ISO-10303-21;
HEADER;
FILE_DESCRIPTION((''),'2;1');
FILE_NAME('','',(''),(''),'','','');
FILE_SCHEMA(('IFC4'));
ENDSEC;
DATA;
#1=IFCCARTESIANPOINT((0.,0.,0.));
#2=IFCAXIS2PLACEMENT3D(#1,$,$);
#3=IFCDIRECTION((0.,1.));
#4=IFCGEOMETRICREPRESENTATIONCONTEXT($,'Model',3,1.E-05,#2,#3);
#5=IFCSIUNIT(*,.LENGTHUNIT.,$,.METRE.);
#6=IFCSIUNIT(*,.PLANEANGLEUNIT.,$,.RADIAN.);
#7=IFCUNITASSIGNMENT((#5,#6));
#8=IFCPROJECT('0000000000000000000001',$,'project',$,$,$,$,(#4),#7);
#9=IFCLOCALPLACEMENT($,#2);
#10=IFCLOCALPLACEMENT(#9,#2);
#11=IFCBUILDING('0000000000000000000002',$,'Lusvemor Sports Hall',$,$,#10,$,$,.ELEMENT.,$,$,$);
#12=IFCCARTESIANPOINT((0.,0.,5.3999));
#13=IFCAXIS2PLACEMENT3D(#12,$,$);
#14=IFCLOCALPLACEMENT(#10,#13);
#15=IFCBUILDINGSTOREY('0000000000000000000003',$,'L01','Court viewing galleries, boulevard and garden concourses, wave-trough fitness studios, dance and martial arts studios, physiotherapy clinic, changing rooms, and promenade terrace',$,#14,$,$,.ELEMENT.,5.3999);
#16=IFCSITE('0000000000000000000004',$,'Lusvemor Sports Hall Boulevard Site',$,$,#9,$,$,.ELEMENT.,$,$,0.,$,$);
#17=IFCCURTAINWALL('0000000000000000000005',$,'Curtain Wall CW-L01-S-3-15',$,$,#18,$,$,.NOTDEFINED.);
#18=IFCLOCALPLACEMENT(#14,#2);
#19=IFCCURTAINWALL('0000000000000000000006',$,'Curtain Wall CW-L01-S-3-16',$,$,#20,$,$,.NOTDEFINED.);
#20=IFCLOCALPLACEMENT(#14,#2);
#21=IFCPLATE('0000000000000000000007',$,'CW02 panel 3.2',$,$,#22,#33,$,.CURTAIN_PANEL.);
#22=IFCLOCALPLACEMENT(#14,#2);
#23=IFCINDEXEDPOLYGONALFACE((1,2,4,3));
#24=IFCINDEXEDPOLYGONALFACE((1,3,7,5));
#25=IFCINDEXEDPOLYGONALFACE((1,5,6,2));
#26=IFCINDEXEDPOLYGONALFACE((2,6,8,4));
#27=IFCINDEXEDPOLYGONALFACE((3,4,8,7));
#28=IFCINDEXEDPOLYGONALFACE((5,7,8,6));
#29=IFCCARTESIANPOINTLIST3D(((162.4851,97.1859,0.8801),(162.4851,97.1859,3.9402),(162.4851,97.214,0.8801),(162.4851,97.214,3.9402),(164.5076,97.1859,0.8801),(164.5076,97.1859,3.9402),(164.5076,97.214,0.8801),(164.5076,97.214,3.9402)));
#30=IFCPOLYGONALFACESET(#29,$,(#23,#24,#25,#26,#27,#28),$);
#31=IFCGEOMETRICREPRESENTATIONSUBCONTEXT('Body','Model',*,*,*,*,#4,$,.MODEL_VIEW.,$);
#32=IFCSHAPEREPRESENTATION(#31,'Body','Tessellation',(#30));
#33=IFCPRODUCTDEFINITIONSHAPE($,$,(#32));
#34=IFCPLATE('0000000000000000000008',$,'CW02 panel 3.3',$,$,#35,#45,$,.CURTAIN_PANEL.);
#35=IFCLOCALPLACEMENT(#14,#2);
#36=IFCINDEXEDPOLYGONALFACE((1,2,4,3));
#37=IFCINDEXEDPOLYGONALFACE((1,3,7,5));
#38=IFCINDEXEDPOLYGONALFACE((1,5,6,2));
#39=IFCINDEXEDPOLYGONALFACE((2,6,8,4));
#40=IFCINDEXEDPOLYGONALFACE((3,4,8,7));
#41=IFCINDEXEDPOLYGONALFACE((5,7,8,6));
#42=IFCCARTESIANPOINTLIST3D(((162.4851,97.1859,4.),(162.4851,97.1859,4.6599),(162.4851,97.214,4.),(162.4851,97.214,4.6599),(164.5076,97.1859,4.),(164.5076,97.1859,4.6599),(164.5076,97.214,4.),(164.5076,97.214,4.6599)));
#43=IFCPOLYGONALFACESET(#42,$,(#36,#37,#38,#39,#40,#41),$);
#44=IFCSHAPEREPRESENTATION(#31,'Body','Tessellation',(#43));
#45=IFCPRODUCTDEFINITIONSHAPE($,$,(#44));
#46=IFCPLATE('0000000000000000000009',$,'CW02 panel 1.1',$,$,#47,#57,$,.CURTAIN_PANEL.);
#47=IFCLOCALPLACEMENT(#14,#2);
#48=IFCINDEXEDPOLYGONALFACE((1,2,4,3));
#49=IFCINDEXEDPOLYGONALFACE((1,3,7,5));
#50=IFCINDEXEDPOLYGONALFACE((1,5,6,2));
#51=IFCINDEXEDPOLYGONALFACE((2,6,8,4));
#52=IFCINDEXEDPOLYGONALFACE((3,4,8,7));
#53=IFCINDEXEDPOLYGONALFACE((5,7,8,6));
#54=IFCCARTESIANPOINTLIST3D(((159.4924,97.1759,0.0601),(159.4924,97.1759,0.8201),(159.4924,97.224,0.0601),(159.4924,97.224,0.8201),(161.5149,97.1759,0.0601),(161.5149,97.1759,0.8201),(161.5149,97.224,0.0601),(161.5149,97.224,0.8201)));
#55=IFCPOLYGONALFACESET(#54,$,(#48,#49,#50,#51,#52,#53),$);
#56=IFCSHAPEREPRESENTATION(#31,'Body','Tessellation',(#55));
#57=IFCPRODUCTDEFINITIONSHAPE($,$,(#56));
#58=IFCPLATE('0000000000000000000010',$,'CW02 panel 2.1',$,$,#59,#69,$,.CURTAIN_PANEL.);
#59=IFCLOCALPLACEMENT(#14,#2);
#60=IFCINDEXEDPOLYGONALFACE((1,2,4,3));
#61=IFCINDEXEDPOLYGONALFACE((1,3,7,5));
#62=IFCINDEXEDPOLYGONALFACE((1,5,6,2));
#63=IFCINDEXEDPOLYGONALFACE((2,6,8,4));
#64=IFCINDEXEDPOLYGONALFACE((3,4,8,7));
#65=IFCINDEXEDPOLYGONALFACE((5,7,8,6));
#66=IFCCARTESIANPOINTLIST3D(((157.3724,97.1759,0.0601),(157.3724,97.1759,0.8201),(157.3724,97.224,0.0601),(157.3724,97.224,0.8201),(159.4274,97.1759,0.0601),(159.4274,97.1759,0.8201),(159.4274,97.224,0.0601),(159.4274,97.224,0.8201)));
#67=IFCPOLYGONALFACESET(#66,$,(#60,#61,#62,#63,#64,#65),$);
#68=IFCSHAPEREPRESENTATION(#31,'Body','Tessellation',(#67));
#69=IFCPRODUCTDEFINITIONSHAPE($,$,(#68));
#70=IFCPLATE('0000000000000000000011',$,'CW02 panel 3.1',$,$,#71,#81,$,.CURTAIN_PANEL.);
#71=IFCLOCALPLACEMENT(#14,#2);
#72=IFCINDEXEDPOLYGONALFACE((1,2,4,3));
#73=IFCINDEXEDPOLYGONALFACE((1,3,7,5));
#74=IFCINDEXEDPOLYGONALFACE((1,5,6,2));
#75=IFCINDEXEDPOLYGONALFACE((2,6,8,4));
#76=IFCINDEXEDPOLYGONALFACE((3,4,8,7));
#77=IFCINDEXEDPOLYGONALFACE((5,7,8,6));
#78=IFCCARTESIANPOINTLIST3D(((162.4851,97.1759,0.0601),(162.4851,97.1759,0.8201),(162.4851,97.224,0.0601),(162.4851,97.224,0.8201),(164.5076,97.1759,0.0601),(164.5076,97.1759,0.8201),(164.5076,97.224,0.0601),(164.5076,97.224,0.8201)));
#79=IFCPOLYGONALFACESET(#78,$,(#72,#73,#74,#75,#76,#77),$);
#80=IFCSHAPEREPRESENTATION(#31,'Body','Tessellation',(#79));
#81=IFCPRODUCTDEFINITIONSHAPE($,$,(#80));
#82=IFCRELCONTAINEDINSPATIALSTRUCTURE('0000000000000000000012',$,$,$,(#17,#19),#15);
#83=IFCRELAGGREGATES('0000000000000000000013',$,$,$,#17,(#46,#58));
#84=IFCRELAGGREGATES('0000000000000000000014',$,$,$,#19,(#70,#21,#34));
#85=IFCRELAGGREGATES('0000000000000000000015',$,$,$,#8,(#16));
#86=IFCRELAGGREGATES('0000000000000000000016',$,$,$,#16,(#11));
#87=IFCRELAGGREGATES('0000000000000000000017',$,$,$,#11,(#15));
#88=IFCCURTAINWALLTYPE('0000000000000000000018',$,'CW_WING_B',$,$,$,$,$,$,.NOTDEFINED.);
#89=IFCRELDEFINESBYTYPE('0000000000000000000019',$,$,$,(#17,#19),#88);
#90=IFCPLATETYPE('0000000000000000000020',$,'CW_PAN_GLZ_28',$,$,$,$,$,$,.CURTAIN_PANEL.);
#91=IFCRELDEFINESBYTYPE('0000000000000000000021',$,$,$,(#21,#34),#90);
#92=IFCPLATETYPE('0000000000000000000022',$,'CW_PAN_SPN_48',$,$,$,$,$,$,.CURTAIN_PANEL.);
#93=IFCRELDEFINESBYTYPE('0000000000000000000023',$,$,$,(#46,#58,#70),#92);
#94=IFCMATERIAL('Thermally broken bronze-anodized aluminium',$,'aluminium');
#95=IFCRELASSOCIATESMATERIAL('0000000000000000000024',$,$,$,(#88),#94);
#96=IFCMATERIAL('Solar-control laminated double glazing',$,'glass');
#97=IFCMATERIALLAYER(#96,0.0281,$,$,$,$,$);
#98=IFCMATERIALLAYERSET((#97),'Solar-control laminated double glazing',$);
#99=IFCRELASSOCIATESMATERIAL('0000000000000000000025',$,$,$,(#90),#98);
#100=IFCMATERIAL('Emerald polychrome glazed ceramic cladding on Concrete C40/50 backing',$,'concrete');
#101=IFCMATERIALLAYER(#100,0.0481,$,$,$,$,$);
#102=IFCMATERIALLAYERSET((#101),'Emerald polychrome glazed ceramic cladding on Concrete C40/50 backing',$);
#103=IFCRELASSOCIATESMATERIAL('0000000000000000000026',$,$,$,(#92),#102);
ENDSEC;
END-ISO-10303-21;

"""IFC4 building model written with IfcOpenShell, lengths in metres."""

from ifc_helpers import new_model, si_unit, direction, frame, origin, origin_2d, place, context, subcontext, project, spatial, rectangle, extrude, material, layer, layer_set, type_object, element, aggregate, save


model = new_model("IFC4")

# Units and contexts
model_context = context("Model", 3, precision=1e-05, world=origin(), true_north=direction((0.0, 1.0)))
body_context = subcontext(model_context, "Body", "Model", "MODEL_VIEW")
ifc_project = project(units=[si_unit("LENGTHUNIT", "METRE"), si_unit("PLANEANGLEUNIT", "RADIAN")], contexts=[model_context])

# Site, building, storey
site_placement = place(None, origin())
site = spatial("IfcSite", under=ifc_project, at=site_placement, Name="Lusvemor Sports Hall Boulevard Site", CompositionType="ELEMENT", RefElevation=0.0)
building_placement = place(site_placement, origin())
building = spatial("IfcBuilding", under=site, at=building_placement, Name="Lusvemor Sports Hall", CompositionType="ELEMENT")
storey_placement = place(building_placement, frame((0.0, 0.0, 5.3999)))
storey = spatial("IfcBuildingStorey", under=building, at=storey_placement, Name="L01", Description="Court viewing galleries, boulevard and garden concourses, wave-trough fitness studios, dance and martial arts studios, physiotherapy clinic, changing rooms, and promenade terrace", CompositionType="ELEMENT", Elevation=5.3999)

# Curtain wall
ifc_material_1 = material(Name="Thermally broken bronze-anodized aluminium", Category="aluminium")
curtain_wall_type = type_object("IfcCurtainWallType", Name="CW_WING_B", PredefinedType="NOTDEFINED", material=ifc_material_1)
curtain_wall_1_placement = place(storey_placement, origin())
curtain_wall_1 = element("IfcCurtainWall", 1, at=curtain_wall_1_placement, inside=storey, type_object=curtain_wall_type, Name="Curtain Wall CW-L01-S-3-15", PredefinedType="NOTDEFINED")

# Curtain wall
curtain_wall_2_placement = place(storey_placement, origin())
curtain_wall_2 = element("IfcCurtainWall", 2, at=curtain_wall_2_placement, inside=storey, type_object=curtain_wall_type, Name="Curtain Wall CW-L01-S-3-16", PredefinedType="NOTDEFINED")

# Plates
ifc_material_2 = material(Name="Solar-control laminated double glazing", Category="glass")
ifc_layer_1 = layer(ifc_material_2, 0.0281)
ifc_layer_set_1 = layer_set([ifc_layer_1], Name="Solar-control laminated double glazing")
plate_type_1 = type_object("IfcPlateType", Name="CW_PAN_GLZ_28", PredefinedType="CURTAIN_PANEL", material=ifc_layer_set_1)
plate_1_placement = place(storey_placement, frame((163.4963, 97.2, 0.8801), z_axis=(0.0, 0.0, 1.0), x_axis=(-1.0, 0.0, 0.0)))
plate_1 = element("IfcPlate", 3, at=plate_1_placement, type_object=plate_type_1, Name="CW02 panel 3.2", PredefinedType="CURTAIN_PANEL", context=body_context, shape_type="SweptSolid", body=[
    extrude(rectangle(XDim=2.0225, YDim=0.0281, at=origin_2d()), origin(), (0.0, 0.0, 1.0), 3.0601),
])
plate_2_placement = place(storey_placement, frame((163.4963, 97.2, 4.0), z_axis=(0.0, 0.0, 1.0), x_axis=(-1.0, 0.0, 0.0)))
plate_2 = element("IfcPlate", 4, at=plate_2_placement, type_object=plate_type_1, Name="CW02 panel 3.3", PredefinedType="CURTAIN_PANEL", context=body_context, shape_type="SweptSolid", body=[
    extrude(rectangle(XDim=2.0225, YDim=0.0281, at=origin_2d()), origin(), (0.0, 0.0, 1.0), 0.6599),
])
ifc_material_3 = material(Name="Emerald polychrome glazed ceramic cladding on Concrete C40/50 backing", Category="concrete")
ifc_layer_2 = layer(ifc_material_3, 0.0481)
ifc_layer_set_2 = layer_set([ifc_layer_2], Name="Emerald polychrome glazed ceramic cladding on Concrete C40/50 backing")
plate_type_2 = type_object("IfcPlateType", Name="CW_PAN_SPN_48", PredefinedType="CURTAIN_PANEL", material=ifc_layer_set_2)
plate_3_placement = place(storey_placement, frame((160.5037, 97.2, 0.0601), z_axis=(0.0, 0.0, 1.0), x_axis=(-1.0, 0.0, 0.0)))
plate_3 = element("IfcPlate", 5, at=plate_3_placement, type_object=plate_type_2, Name="CW02 panel 1.1", PredefinedType="CURTAIN_PANEL", context=body_context, shape_type="SweptSolid", body=[
    extrude(rectangle(XDim=2.0225, YDim=0.0481, at=origin_2d()), origin(), (0.0, 0.0, 1.0), 0.76),
])
plate_4_placement = place(storey_placement, frame((158.3999, 97.2, 0.0601), z_axis=(0.0, 0.0, 1.0), x_axis=(-1.0, 0.0, 0.0)))
plate_4 = element("IfcPlate", 6, at=plate_4_placement, type_object=plate_type_2, Name="CW02 panel 2.1", PredefinedType="CURTAIN_PANEL", context=body_context, shape_type="SweptSolid", body=[
    extrude(rectangle(XDim=2.0549, YDim=0.0481, at=origin_2d()), origin(), (0.0, 0.0, 1.0), 0.76),
])
aggregate(curtain_wall_1, [plate_3, plate_4])
plate_5_placement = place(storey_placement, frame((163.4963, 97.2, 0.0601), z_axis=(0.0, 0.0, 1.0), x_axis=(-1.0, 0.0, 0.0)))
plate_5 = element("IfcPlate", 7, at=plate_5_placement, type_object=plate_type_2, Name="CW02 panel 3.1", PredefinedType="CURTAIN_PANEL", context=body_context, shape_type="SweptSolid", body=[
    extrude(rectangle(XDim=2.0225, YDim=0.0481, at=origin_2d()), origin(), (0.0, 0.0, 1.0), 0.76),
])
aggregate(curtain_wall_2, [plate_5, plate_1, plate_2])

save(model, "model.ifc")
